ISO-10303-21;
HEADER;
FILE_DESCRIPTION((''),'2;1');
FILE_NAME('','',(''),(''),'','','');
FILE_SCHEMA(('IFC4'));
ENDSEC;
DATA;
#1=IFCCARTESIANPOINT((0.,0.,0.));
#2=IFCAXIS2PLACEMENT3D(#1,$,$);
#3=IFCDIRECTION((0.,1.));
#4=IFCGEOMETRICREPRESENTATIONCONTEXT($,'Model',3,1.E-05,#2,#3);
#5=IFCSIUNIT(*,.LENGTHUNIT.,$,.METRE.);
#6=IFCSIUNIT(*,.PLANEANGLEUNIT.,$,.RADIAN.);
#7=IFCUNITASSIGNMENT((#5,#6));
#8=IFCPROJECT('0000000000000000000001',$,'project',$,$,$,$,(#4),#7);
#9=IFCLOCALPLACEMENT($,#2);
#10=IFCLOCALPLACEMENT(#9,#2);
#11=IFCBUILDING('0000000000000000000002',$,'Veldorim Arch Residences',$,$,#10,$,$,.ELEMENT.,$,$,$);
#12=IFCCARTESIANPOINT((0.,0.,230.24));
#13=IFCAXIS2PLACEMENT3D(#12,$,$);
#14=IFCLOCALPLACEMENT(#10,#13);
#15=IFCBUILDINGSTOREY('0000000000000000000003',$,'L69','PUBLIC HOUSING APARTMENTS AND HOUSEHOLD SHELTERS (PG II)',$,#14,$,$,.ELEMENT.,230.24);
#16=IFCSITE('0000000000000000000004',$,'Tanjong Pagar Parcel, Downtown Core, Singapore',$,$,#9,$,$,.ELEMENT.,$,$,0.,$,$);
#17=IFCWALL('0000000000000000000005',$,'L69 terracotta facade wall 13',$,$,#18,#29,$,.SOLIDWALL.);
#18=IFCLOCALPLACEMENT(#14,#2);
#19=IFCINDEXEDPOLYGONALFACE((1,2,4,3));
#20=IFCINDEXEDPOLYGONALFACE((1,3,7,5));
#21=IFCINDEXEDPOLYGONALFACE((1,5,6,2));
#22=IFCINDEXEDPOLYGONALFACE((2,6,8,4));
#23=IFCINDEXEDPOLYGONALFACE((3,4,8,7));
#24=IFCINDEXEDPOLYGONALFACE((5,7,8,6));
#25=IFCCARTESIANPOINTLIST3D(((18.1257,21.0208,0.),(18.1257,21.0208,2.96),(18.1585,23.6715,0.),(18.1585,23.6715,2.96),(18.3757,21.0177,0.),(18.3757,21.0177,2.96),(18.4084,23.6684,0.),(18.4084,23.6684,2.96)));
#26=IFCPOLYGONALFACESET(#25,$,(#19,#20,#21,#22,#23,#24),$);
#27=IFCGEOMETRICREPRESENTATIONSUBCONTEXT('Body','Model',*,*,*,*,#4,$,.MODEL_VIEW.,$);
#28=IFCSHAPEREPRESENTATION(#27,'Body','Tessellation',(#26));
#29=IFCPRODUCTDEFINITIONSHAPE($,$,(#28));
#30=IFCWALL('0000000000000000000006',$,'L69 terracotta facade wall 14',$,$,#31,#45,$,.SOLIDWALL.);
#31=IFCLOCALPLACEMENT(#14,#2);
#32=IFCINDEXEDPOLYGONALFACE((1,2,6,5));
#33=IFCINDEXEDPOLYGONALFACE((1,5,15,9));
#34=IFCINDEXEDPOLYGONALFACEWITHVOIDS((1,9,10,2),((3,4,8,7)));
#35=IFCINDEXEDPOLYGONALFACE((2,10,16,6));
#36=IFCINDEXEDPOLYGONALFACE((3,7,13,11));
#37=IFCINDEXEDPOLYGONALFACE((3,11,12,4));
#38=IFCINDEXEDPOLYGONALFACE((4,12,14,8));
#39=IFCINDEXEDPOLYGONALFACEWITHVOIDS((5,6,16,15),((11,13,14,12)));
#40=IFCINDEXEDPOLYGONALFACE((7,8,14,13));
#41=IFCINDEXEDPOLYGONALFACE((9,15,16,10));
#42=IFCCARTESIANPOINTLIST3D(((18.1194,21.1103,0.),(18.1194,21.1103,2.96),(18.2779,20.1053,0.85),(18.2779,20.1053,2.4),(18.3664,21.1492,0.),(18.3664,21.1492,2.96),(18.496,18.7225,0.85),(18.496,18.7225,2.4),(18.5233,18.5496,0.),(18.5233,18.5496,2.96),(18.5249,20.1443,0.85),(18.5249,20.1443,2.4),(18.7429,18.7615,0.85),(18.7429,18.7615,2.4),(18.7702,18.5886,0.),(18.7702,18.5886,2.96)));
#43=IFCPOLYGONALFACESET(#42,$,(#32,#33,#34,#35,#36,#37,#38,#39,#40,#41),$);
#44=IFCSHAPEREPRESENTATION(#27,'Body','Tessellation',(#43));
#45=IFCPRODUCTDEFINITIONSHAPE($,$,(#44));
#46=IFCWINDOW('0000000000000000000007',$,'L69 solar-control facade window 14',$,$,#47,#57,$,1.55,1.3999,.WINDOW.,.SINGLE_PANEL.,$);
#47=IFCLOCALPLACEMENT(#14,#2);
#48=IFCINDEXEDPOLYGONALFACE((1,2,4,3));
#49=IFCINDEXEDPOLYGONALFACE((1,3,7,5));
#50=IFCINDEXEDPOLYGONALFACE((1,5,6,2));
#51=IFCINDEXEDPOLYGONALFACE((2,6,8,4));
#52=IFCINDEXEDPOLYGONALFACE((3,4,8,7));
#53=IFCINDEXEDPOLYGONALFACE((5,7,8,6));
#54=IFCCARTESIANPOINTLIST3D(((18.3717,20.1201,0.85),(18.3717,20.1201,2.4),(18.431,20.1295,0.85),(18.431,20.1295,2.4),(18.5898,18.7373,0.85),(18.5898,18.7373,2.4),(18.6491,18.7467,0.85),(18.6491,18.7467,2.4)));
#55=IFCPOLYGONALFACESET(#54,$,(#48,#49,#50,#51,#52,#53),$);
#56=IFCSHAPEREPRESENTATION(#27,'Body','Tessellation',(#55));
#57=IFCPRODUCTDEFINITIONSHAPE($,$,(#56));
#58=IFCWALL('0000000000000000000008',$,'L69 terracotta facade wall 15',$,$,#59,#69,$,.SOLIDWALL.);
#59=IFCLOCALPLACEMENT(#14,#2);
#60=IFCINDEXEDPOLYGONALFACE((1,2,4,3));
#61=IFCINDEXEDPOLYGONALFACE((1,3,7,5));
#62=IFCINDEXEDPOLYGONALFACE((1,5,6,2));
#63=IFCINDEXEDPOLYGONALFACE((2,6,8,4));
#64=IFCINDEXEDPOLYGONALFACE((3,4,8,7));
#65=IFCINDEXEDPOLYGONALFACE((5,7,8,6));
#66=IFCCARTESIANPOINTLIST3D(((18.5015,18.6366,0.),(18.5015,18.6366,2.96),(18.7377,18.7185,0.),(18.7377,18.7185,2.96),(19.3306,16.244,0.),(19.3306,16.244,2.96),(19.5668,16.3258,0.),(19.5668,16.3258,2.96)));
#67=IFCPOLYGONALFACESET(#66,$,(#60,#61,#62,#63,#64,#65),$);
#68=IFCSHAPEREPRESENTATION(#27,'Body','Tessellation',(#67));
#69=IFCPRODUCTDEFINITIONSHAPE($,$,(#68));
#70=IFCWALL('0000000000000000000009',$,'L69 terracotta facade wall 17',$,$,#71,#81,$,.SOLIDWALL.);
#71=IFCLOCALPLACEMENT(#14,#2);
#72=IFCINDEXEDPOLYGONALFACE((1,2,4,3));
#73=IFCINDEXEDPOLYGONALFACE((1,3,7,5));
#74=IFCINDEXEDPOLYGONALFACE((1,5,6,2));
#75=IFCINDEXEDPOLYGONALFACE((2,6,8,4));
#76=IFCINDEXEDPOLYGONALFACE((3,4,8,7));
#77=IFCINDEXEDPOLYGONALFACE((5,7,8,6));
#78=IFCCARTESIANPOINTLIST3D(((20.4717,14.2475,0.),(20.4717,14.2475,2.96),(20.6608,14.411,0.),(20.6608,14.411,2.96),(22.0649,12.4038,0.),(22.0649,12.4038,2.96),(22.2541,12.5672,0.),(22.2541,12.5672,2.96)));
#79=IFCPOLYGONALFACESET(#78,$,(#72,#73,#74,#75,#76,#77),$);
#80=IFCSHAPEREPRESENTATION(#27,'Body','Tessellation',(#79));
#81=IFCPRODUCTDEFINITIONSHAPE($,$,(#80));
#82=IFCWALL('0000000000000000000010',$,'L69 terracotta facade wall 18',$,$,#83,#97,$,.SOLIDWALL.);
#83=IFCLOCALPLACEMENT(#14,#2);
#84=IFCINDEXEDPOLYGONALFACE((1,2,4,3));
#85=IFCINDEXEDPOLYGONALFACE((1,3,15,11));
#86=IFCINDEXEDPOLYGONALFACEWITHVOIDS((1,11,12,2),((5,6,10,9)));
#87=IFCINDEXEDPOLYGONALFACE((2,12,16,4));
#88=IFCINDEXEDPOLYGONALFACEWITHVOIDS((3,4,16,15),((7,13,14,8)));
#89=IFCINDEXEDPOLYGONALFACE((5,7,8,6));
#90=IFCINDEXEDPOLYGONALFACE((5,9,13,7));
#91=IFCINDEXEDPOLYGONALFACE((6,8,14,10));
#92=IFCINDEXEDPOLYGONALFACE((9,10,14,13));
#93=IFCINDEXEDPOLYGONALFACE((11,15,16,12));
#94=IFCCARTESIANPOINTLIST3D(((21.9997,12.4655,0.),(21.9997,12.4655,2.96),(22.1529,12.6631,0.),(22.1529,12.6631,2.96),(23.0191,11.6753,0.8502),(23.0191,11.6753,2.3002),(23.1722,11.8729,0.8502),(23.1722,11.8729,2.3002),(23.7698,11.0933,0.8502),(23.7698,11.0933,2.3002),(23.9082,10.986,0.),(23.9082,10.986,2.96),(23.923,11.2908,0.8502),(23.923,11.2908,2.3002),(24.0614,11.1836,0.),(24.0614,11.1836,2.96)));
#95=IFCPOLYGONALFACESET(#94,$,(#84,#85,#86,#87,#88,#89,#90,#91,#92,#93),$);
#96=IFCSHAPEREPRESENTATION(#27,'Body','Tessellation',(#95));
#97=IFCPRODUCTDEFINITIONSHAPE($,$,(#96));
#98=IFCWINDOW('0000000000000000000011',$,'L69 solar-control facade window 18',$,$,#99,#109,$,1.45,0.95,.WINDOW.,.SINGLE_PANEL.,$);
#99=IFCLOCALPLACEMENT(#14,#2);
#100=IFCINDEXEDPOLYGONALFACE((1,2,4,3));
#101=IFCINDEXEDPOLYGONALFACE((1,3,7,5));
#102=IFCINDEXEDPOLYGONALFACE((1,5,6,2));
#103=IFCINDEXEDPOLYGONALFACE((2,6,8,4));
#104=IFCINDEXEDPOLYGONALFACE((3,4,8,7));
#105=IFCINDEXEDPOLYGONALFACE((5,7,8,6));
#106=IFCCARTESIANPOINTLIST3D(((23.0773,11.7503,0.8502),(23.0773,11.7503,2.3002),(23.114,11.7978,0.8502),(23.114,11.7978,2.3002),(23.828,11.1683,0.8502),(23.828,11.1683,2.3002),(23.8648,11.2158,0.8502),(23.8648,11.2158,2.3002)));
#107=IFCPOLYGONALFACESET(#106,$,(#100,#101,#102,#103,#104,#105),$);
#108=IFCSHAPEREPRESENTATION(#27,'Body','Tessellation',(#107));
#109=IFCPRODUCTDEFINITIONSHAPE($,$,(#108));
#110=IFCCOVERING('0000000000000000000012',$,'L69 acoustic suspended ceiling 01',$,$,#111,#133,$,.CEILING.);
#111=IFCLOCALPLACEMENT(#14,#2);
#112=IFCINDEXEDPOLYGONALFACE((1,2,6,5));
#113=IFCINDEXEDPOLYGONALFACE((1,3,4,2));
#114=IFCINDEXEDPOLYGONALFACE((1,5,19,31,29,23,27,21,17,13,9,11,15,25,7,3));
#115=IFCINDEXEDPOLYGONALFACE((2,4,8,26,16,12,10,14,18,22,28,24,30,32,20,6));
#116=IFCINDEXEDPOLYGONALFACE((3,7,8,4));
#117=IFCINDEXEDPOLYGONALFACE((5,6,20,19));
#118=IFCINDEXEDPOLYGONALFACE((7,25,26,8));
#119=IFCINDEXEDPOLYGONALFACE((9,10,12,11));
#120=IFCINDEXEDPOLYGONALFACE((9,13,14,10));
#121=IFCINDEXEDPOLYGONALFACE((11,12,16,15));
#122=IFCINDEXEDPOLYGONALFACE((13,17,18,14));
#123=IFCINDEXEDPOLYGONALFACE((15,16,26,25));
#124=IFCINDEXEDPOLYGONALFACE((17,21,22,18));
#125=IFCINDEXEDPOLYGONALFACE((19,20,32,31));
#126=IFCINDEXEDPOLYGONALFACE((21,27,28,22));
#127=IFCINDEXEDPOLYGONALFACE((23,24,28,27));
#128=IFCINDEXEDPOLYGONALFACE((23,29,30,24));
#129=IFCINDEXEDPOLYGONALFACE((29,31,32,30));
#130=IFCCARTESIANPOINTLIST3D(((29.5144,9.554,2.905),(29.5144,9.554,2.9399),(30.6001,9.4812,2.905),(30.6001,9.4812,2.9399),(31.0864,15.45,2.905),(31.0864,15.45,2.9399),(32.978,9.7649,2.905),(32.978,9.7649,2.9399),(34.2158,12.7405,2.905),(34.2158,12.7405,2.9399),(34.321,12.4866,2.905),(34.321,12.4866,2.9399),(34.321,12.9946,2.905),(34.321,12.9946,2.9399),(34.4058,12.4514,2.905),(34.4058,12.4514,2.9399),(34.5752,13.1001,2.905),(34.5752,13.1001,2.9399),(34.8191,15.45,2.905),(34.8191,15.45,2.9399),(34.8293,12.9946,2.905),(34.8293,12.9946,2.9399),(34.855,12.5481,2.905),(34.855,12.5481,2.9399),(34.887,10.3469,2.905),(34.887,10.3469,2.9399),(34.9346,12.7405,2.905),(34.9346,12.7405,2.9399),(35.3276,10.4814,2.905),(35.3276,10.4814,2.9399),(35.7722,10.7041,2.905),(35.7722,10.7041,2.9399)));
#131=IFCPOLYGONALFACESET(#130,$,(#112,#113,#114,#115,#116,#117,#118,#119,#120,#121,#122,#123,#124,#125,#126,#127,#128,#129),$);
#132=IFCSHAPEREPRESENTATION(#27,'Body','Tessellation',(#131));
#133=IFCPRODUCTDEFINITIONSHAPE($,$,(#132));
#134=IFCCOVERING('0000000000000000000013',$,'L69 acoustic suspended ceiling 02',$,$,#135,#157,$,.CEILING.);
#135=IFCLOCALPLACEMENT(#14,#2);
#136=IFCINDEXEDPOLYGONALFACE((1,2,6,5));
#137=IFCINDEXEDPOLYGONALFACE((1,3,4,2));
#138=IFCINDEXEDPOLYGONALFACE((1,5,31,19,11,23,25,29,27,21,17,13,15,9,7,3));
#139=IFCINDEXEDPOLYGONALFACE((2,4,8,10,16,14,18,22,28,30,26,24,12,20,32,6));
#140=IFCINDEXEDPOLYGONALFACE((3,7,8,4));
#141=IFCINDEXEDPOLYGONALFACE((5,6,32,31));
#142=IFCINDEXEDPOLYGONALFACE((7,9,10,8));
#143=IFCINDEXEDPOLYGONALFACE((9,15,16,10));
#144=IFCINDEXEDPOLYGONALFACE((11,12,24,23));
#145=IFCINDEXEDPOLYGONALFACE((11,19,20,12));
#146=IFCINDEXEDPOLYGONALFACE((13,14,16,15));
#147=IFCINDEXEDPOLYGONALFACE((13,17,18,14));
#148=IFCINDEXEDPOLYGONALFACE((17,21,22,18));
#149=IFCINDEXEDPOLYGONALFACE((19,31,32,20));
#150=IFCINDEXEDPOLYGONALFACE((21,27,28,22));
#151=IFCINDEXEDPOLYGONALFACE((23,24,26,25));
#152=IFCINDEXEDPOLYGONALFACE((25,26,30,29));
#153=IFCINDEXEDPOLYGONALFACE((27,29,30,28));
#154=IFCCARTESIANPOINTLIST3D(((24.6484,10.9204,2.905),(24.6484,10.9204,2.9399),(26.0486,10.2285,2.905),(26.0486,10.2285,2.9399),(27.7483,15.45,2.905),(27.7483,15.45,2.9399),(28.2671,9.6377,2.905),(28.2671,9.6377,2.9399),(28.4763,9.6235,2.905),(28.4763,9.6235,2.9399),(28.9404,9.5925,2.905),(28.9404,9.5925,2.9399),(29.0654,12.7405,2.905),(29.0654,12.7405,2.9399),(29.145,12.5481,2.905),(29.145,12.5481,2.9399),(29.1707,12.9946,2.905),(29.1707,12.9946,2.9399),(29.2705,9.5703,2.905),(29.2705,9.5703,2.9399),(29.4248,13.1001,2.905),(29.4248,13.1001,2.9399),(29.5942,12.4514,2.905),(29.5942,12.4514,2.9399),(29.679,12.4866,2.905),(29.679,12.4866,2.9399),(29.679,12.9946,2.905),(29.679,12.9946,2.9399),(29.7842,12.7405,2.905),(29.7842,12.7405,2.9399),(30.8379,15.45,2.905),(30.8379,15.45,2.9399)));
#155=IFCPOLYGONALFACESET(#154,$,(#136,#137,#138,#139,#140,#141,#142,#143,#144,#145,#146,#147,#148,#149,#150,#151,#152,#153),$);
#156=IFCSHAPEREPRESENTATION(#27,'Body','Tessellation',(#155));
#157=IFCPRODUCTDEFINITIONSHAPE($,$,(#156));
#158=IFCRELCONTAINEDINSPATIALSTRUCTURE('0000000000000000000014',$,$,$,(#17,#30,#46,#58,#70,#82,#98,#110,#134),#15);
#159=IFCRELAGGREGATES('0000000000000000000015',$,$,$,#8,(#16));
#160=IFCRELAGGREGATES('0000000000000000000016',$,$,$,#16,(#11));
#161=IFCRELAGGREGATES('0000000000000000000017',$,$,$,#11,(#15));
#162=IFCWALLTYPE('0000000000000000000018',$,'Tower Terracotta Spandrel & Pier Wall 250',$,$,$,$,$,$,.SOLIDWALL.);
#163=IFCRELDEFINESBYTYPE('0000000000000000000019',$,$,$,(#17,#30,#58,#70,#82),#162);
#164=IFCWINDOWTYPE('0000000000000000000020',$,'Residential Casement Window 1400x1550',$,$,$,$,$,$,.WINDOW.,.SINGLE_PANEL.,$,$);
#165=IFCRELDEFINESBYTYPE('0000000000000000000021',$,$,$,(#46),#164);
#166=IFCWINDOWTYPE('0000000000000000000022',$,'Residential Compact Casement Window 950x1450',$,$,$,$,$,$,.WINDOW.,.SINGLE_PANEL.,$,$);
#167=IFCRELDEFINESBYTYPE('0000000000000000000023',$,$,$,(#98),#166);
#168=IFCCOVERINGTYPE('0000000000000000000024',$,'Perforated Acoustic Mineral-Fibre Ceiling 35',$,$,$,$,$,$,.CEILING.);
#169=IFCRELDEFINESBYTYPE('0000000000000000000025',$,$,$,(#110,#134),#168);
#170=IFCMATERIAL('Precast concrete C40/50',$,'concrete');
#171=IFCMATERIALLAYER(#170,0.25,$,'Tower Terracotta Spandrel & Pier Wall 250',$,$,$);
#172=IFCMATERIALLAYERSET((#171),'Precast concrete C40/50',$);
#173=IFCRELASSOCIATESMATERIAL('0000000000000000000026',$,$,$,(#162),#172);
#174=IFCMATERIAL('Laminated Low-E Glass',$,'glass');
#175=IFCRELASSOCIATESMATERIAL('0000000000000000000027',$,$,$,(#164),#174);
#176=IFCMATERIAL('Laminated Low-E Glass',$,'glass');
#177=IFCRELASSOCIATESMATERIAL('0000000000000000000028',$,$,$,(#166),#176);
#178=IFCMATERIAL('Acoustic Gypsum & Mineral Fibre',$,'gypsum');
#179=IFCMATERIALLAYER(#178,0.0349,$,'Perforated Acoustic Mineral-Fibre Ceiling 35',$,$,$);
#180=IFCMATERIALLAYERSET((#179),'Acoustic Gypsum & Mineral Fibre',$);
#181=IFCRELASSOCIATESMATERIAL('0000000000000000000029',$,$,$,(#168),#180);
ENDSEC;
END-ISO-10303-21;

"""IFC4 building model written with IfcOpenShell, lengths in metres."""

from ifc_helpers import new_model, si_unit, direction, frame, frame_2d, origin, place, context, subcontext, project, spatial, polyline, rectangle, outline, extrude, material, layer, layer_set, type_object, element, fill, save


model = new_model("IFC4")

# Units and contexts
model_context = context("Model", 3, precision=1e-05, world=origin(), true_north=direction((0.0, 1.0)))
body_context = subcontext(model_context, "Body", "Model", "MODEL_VIEW")
ifc_project = project(units=[si_unit("LENGTHUNIT", "METRE"), si_unit("PLANEANGLEUNIT", "RADIAN")], contexts=[model_context])

# Site, building, storey
site_placement = place(None, origin())
site = spatial("IfcSite", under=ifc_project, at=site_placement, Name="Tanjong Pagar Parcel, Downtown Core, Singapore", CompositionType="ELEMENT", RefElevation=0.0)
building_placement = place(site_placement, origin())
building = spatial("IfcBuilding", under=site, at=building_placement, Name="Veldorim Arch Residences", CompositionType="ELEMENT")
storey_placement = place(building_placement, frame((0.0, 0.0, 230.24)))
storey = spatial("IfcBuildingStorey", under=building, at=storey_placement, Name="L69", Description="PUBLIC HOUSING APARTMENTS AND HOUSEHOLD SHELTERS (PG II)", CompositionType="ELEMENT", Elevation=230.24)

# Wall
ifc_material_1 = material(Name="Precast concrete C40/50", Category="concrete")
ifc_layer_1 = layer(ifc_material_1, 0.25, Name="Tower Terracotta Spandrel & Pier Wall 250")
ifc_layer_set_1 = layer_set([ifc_layer_1], Name="Precast concrete C40/50")
wall_type_1 = type_object("IfcWallType", Name="Tower Terracotta Spandrel & Pier Wall 250", PredefinedType="SOLIDWALL", material=ifc_layer_set_1)
wall_1_placement = place(storey_placement, frame((18.2507, 21.0193, 0.0), z_axis=(0.0, 0.0, 1.0), x_axis=(0.012341, 0.999924, 0.0)))
element("IfcWall", 1, at=wall_1_placement, inside=storey, type_object=wall_type_1, Name="L69 terracotta facade wall 13", PredefinedType="SOLIDWALL", context=body_context, shape_type="SweptSolid", body=[
    extrude(rectangle(XDim=2.6509, YDim=0.25, at=frame_2d((1.3254, 0.0))), origin(), (0.0, 0.0, 1.0), 2.96),
])

# Wall, opening, window
wall_2_placement = place(storey_placement, frame((18.6467, 18.5691, 0.0), z_axis=(0.0, 0.0, 1.0), x_axis=(-0.155779, 0.987792, 0.0)))
wall_2 = element("IfcWall", 2, at=wall_2_placement, inside=storey, type_object=wall_type_1, Name="L69 terracotta facade wall 14", PredefinedType="SOLIDWALL", context=body_context, shape_type="SweptSolid", body=[
    extrude(rectangle(XDim=2.5923, YDim=0.25, at=frame_2d((1.2961, 0.0))), origin(), (0.0, 0.0, 1.0), 2.96),
])
opening_1_placement = place(wall_2_placement, frame((0.175, 0.0, 0.8501)))
opening_1 = element("IfcOpeningElement", 3, at=opening_1_placement, cuts=wall_2, PredefinedType="OPENING", context=body_context, shape_type="SweptSolid", body=[
    extrude(rectangle(XDim=1.3999, YDim=1.55, at=frame_2d((0.7, 0.7749))), frame((0.0, 0.135, 0.0), z_axis=(0.0, -1.0, 0.0), x_axis=(1.0, 0.0, 0.0)), (0.0, 0.0, 1.0), 0.27),
])
ifc_material_2 = material(Name="Laminated Low-E Glass", Category="glass")
window_type_1 = type_object("IfcWindowType", Name="Residential Casement Window 1400x1550", PartitioningType="SINGLE_PANEL", PredefinedType="WINDOW", material=ifc_material_2)
window_1_placement = place(opening_1_placement, origin())
window_1 = element("IfcWindow", 4, at=window_1_placement, inside=storey, type_object=window_type_1, Name="L69 solar-control facade window 14", OverallHeight=1.55, OverallWidth=1.3999, PartitioningType="SINGLE_PANEL", PredefinedType="WINDOW", context=body_context, shape_type="SweptSolid", body=[
    extrude(rectangle(XDim=1.3999, YDim=1.55, at=frame_2d((0.7, 0.7749))), frame((0.0, 0.03, 0.0), z_axis=(0.0, -1.0, 0.0), x_axis=(1.0, 0.0, 0.0)), (0.0, 0.0, 1.0), 0.0601),
])
fill(opening_1, window_1)

# Walls
wall_3_placement = place(storey_placement, frame((19.4487, 16.2849, 0.0), z_axis=(0.0, 0.0, 1.0), x_axis=(-0.327428, 0.944876, 0.0)))
element("IfcWall", 5, at=wall_3_placement, inside=storey, type_object=wall_type_1, Name="L69 terracotta facade wall 15", PredefinedType="SOLIDWALL", context=body_context, shape_type="SweptSolid", body=[
    extrude(rectangle(XDim=2.5322, YDim=0.25, at=frame_2d((1.2661, 0.0))), origin(), (0.0, 0.0, 1.0), 2.96),
])
wall_4_placement = place(storey_placement, frame((22.1594, 12.4856, 0.0), z_axis=(0.0, 0.0, 1.0), x_axis=(-0.653839, 0.756634, 0.0)))
element("IfcWall", 6, at=wall_4_placement, inside=storey, type_object=wall_type_1, Name="L69 terracotta facade wall 17", PredefinedType="SOLIDWALL", context=body_context, shape_type="SweptSolid", body=[
    extrude(rectangle(XDim=2.4368, YDim=0.25, at=frame_2d((1.2183, 0.0))), origin(), (0.0, 0.0, 1.0), 2.96),
])

# Wall, opening, window
wall_5_placement = place(storey_placement, frame((23.9849, 11.0847, 0.0), z_axis=(0.0, 0.0, 1.0), x_axis=(-0.790326, 0.612687, 0.0)))
wall_5 = element("IfcWall", 7, at=wall_5_placement, inside=storey, type_object=wall_type_1, Name="L69 terracotta facade wall 18", PredefinedType="SOLIDWALL", context=body_context, shape_type="SweptSolid", body=[
    extrude(rectangle(XDim=2.4148, YDim=0.25, at=frame_2d((1.2075, 0.0))), origin(), (0.0, 0.0, 1.0), 2.96),
])
opening_2_placement = place(wall_5_placement, frame((0.175, 0.0, 0.8501)))
opening_2 = element("IfcOpeningElement", 8, at=opening_2_placement, cuts=wall_5, PredefinedType="OPENING", context=body_context, shape_type="SweptSolid", body=[
    extrude(rectangle(XDim=0.95, YDim=1.45, at=frame_2d((0.4751, 0.7251))), frame((0.0, 0.135, 0.0), z_axis=(0.0, -1.0, 0.0), x_axis=(1.0, 0.0, 0.0)), (0.0, 0.0, 1.0), 0.27),
])
ifc_material_3 = material(Name="Laminated Low-E Glass", Category="glass")
window_type_2 = type_object("IfcWindowType", Name="Residential Compact Casement Window 950x1450", PartitioningType="SINGLE_PANEL", PredefinedType="WINDOW", material=ifc_material_3)
window_2_placement = place(opening_2_placement, origin())
window_2 = element("IfcWindow", 9, at=window_2_placement, inside=storey, type_object=window_type_2, Name="L69 solar-control facade window 18", OverallHeight=1.45, OverallWidth=0.95, PartitioningType="SINGLE_PANEL", PredefinedType="WINDOW", context=body_context, shape_type="SweptSolid", body=[
    extrude(rectangle(XDim=0.95, YDim=1.45, at=frame_2d((0.4751, 0.7251))), frame((0.0, 0.03, 0.0), z_axis=(0.0, -1.0, 0.0), x_axis=(1.0, 0.0, 0.0)), (0.0, 0.0, 1.0), 0.0601),
])
fill(opening_2, window_2)

# Coverings
ifc_material_4 = material(Name="Acoustic Gypsum & Mineral Fibre", Category="gypsum")
ifc_layer_2 = layer(ifc_material_4, 0.0349, Name="Perforated Acoustic Mineral-Fibre Ceiling 35")
ifc_layer_set_2 = layer_set([ifc_layer_2], Name="Acoustic Gypsum & Mineral Fibre")
covering_type_1 = type_object("IfcCoveringType", Name="Perforated Acoustic Mineral-Fibre Ceiling 35", PredefinedType="CEILING", material=ifc_layer_set_2)
covering_1_placement = place(storey_placement, frame((0.0, 0.0, 2.905)))
element("IfcCovering", 10, at=covering_1_placement, inside=storey, type_object=covering_type_1, Name="L69 acoustic suspended ceiling 01", PredefinedType="CEILING", context=body_context, shape_type="SweptSolid", body=[
    extrude(outline(polyline([(34.9346, 12.7405), (34.8293, 12.9946), (34.5752, 13.1001), (34.321, 12.9946), (34.2158, 12.7405), (34.321, 12.4866), (34.4058, 12.4514), (34.887, 10.3469), (32.978, 9.7649), (30.6001, 9.4812), (29.5144, 9.554), (31.0864, 15.45), (34.8191, 15.45), (35.7722, 10.7041), (35.3276, 10.4814), (34.855, 12.5481), (34.9346, 12.7405)])), origin(), (0.0, 0.0, 1.0), 0.0349),
])
covering_2_placement = place(storey_placement, frame((0.0, 0.0, 2.905)))
element("IfcCovering", 11, at=covering_2_placement, inside=storey, type_object=covering_type_1, Name="L69 acoustic suspended ceiling 02", PredefinedType="CEILING", context=body_context, shape_type="SweptSolid", body=[
    extrude(outline(polyline([(28.4763, 9.6235), (28.2671, 9.6377), (26.0486, 10.2285), (24.6484, 10.9204), (27.7483, 15.45), (30.8379, 15.45), (29.2705, 9.5703), (28.9404, 9.5925), (29.5942, 12.4514), (29.679, 12.4866), (29.7842, 12.7405), (29.679, 12.9946), (29.4248, 13.1001), (29.1707, 12.9946), (29.0654, 12.7405), (29.145, 12.5481), (28.4763, 9.6235)])), origin(), (0.0, 0.0, 1.0), 0.0349),
])

save(model, "model.ifc")
